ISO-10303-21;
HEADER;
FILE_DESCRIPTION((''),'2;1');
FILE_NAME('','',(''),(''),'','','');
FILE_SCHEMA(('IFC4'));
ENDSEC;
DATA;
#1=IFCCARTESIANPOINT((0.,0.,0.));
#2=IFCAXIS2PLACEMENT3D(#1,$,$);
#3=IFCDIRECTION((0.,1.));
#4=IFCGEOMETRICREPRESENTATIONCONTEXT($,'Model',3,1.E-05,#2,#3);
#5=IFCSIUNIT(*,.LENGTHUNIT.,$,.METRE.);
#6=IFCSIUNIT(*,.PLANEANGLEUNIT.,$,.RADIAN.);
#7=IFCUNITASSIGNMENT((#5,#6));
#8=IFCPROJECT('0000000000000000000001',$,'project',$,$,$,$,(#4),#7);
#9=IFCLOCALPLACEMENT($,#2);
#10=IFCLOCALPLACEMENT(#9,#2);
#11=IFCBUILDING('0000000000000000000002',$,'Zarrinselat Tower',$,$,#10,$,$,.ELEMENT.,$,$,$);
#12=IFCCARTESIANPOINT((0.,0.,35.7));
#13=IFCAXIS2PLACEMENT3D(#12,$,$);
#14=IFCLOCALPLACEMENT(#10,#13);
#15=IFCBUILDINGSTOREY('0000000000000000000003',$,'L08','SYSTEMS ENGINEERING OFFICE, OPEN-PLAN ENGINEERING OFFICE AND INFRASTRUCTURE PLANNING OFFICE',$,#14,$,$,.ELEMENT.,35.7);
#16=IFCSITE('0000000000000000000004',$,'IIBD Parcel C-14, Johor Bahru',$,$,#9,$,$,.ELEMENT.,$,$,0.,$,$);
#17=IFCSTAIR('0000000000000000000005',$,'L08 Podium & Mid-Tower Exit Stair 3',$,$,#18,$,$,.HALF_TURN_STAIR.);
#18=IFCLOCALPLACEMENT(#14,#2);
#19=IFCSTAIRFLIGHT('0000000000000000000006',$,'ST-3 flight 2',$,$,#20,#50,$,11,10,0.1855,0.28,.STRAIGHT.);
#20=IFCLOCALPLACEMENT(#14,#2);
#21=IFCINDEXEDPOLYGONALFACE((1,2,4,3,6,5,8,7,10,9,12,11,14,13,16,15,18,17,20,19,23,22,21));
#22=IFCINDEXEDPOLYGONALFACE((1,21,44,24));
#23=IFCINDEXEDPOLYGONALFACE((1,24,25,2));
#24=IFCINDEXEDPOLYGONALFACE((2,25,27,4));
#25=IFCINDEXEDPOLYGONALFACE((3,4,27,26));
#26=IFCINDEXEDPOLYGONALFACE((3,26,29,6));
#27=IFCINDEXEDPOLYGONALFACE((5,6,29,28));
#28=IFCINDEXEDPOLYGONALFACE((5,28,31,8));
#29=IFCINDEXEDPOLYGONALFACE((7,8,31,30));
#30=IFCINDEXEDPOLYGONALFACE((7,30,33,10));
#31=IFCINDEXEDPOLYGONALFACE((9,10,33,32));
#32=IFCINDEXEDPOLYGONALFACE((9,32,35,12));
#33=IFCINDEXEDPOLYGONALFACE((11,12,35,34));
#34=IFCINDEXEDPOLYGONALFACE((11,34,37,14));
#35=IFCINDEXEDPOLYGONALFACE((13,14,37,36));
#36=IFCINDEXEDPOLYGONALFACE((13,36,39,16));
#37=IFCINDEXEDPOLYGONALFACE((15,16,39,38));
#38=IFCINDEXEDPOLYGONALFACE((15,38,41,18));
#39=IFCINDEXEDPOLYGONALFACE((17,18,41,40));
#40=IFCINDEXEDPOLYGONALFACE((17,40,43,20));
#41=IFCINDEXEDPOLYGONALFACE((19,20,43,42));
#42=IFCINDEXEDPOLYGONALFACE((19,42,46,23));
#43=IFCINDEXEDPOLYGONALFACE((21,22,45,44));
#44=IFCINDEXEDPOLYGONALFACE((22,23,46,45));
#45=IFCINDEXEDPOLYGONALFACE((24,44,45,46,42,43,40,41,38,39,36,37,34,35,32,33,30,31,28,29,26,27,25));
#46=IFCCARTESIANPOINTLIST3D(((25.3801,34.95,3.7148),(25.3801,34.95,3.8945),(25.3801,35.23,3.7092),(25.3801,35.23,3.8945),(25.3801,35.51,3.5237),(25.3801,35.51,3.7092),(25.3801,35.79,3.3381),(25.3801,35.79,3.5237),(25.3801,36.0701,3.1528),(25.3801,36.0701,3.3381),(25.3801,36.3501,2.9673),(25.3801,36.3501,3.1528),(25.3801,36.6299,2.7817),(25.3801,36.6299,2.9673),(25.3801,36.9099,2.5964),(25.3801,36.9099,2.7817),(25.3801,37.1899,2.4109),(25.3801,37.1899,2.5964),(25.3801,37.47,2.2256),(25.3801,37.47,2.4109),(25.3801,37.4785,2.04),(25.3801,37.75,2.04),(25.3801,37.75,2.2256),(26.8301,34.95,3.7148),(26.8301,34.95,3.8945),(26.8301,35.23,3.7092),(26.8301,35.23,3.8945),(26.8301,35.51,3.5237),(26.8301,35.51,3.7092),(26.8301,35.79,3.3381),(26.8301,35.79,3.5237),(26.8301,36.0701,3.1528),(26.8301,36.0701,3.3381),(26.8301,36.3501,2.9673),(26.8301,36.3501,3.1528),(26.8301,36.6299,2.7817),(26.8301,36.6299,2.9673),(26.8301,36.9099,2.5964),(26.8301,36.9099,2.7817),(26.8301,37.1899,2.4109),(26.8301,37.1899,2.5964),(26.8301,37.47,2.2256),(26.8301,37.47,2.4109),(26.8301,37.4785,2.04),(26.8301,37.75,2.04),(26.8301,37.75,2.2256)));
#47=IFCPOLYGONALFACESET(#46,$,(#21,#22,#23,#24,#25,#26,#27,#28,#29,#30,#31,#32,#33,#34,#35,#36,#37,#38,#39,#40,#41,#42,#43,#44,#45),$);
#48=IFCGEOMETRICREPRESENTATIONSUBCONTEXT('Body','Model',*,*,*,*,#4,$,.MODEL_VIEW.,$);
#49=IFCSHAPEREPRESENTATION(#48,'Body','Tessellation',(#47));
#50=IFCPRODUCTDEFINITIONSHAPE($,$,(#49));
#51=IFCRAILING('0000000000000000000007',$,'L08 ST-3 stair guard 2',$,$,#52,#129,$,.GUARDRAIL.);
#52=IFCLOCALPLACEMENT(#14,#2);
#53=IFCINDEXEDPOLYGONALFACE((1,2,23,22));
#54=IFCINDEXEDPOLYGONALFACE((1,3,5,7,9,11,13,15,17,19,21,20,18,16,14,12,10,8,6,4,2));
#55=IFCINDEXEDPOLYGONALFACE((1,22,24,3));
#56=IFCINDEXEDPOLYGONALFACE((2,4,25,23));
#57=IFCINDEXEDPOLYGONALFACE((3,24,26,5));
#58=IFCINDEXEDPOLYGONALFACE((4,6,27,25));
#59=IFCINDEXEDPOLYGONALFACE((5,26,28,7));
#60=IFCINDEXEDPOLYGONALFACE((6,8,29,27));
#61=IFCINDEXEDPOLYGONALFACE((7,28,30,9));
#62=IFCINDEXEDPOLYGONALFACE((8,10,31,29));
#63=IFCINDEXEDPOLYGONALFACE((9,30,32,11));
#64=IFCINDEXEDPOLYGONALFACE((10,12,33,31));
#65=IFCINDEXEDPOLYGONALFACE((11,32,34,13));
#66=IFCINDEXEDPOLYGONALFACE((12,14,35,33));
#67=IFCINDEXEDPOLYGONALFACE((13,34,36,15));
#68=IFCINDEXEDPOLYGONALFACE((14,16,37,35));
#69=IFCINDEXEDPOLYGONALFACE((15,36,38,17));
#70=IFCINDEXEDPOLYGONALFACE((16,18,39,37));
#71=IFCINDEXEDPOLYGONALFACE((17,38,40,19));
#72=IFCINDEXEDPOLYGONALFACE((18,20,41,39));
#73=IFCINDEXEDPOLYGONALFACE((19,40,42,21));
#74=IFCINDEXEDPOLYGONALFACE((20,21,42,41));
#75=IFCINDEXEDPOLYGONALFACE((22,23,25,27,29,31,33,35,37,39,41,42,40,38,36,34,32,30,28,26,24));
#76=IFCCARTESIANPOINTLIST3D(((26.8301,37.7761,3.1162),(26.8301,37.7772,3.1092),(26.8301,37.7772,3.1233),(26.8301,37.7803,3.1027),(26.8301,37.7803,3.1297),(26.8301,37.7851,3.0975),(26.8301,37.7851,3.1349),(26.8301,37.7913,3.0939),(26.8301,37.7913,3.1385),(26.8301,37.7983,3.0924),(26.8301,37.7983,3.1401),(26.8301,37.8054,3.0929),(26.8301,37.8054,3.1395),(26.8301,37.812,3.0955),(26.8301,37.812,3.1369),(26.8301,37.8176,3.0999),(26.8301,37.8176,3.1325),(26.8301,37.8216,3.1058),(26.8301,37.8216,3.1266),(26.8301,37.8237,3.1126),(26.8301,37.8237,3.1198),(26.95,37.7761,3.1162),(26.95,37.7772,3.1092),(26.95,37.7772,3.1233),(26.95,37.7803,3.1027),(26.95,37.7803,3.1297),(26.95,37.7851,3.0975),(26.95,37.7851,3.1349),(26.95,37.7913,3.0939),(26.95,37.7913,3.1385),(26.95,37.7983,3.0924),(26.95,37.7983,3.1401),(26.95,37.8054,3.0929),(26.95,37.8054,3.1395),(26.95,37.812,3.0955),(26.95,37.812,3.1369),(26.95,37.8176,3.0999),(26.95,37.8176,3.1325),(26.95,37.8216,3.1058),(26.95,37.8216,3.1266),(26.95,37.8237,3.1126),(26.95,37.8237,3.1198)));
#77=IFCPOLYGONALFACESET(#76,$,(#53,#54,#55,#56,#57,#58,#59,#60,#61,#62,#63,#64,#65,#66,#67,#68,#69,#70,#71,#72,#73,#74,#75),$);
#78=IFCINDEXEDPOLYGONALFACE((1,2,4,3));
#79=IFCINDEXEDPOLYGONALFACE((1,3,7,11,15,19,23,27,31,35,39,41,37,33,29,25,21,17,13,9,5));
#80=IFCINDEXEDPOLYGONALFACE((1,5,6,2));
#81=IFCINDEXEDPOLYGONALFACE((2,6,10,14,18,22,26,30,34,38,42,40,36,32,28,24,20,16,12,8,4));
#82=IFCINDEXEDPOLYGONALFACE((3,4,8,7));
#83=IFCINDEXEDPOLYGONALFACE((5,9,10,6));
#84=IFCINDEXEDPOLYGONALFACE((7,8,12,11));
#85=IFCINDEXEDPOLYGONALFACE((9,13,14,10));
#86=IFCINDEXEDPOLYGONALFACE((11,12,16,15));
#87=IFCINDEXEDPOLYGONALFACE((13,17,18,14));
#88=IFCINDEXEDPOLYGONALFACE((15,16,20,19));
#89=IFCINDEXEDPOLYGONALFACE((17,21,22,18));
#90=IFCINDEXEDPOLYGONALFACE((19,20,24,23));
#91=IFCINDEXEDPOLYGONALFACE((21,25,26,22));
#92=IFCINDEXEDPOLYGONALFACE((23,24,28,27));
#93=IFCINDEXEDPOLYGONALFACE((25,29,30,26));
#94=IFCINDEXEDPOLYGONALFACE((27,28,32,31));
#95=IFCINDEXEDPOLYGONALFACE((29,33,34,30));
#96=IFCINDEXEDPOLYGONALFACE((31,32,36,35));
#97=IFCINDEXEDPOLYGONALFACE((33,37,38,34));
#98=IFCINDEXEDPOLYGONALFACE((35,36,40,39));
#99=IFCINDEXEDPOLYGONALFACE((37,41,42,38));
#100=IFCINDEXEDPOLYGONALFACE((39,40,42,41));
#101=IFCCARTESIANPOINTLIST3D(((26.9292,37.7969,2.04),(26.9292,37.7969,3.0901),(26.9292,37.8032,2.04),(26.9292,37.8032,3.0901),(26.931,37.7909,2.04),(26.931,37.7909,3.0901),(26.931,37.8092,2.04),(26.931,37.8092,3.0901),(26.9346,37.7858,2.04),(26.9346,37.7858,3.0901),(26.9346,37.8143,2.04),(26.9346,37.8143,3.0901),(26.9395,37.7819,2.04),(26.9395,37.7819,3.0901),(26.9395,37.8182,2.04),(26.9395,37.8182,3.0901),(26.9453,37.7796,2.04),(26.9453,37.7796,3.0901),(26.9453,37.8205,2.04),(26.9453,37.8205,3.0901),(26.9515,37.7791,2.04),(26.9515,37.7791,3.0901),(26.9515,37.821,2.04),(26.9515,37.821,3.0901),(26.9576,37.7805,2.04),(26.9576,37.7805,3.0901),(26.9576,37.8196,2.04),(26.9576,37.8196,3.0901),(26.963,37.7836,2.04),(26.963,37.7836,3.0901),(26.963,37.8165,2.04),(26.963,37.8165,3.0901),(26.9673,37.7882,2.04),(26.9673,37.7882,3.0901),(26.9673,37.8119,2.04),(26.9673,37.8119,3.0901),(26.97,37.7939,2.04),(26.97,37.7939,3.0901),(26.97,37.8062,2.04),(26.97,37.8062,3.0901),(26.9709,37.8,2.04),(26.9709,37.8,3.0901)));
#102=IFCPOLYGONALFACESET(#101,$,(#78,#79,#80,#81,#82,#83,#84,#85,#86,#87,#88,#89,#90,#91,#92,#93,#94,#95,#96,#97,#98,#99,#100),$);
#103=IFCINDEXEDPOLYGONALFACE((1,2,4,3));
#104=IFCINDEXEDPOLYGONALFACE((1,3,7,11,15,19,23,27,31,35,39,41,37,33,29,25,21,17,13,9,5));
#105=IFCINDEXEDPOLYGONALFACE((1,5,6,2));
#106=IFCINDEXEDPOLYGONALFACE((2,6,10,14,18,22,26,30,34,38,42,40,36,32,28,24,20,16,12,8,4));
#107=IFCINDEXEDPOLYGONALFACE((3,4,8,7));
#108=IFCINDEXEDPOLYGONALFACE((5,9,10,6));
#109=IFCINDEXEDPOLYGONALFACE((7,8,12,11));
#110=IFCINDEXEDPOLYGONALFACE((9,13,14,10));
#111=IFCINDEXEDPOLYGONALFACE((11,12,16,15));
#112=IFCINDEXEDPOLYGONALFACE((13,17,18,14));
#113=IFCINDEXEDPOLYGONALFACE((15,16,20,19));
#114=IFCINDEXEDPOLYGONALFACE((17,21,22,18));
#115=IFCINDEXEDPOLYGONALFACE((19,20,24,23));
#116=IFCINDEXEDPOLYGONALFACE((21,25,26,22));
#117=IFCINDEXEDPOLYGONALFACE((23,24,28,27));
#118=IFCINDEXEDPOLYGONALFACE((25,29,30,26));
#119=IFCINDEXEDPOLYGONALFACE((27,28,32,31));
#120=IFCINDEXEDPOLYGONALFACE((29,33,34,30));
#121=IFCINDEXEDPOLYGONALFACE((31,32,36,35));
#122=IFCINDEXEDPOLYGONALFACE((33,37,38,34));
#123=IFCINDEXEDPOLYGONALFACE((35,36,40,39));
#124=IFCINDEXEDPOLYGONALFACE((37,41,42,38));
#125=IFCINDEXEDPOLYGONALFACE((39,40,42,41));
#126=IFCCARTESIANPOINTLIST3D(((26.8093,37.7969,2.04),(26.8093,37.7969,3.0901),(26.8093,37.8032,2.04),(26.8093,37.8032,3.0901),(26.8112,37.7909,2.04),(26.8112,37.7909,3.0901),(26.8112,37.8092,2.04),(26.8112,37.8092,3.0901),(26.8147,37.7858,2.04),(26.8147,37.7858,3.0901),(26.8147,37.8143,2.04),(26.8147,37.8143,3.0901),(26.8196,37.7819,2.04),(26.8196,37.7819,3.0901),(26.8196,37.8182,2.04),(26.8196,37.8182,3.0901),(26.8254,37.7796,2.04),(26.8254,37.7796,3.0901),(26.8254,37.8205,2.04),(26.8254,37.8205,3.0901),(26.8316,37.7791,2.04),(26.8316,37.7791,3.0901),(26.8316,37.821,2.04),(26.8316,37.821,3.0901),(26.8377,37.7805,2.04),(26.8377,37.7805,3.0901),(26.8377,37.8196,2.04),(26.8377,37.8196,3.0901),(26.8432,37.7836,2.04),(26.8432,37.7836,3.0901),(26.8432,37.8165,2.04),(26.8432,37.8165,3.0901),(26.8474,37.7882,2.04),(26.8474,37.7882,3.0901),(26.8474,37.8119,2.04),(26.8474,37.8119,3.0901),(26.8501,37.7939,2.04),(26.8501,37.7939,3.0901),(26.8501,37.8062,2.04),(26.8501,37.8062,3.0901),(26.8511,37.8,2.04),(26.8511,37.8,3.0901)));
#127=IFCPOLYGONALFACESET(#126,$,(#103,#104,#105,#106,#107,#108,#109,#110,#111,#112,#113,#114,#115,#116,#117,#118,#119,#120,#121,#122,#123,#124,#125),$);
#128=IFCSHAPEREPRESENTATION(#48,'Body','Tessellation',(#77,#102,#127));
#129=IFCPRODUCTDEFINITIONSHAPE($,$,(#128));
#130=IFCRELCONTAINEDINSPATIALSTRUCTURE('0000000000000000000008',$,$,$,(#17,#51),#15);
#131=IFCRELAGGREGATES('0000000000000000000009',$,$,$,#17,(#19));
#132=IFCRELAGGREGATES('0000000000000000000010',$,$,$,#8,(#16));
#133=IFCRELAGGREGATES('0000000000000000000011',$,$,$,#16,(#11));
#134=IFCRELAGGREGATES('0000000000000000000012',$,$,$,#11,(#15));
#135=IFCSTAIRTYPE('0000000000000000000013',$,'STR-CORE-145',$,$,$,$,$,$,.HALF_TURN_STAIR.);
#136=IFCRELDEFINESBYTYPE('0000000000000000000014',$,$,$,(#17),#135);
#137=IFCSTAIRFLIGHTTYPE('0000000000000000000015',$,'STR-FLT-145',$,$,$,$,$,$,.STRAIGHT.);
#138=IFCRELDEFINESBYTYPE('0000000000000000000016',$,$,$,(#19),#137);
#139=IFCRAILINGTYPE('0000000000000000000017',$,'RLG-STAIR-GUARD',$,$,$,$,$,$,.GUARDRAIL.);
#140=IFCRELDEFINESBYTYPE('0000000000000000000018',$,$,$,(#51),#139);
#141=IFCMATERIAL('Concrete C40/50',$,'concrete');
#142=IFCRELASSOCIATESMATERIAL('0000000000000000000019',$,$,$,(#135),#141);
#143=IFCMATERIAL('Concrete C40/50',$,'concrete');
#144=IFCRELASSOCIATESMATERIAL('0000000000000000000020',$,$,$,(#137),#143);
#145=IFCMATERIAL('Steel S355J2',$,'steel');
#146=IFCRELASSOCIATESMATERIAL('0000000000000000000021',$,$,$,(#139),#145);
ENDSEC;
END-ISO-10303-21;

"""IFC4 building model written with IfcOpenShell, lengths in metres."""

from ifc_helpers import new_model, si_unit, direction, frame, origin, origin_2d, place, context, subcontext, project, spatial, polyline, circle, outline, extrude, material, type_object, element, aggregate, save


model = new_model("IFC4")

# Units and contexts
model_context = context("Model", 3, precision=1e-05, world=origin(), true_north=direction((0.0, 1.0)))
body_context = subcontext(model_context, "Body", "Model", "MODEL_VIEW")
ifc_project = project(units=[si_unit("LENGTHUNIT", "METRE"), si_unit("PLANEANGLEUNIT", "RADIAN")], contexts=[model_context])

# Site, building, storey
site_placement = place(None, origin())
site = spatial("IfcSite", under=ifc_project, at=site_placement, Name="IIBD Parcel C-14, Johor Bahru", CompositionType="ELEMENT", RefElevation=0.0)
building_placement = place(site_placement, origin())
building = spatial("IfcBuilding", under=site, at=building_placement, Name="Zarrinselat Tower", CompositionType="ELEMENT")
storey_placement = place(building_placement, frame((0.0, 0.0, 35.7)))
storey = spatial("IfcBuildingStorey", under=building, at=storey_placement, Name="L08", Description="SYSTEMS ENGINEERING OFFICE, OPEN-PLAN ENGINEERING OFFICE AND INFRASTRUCTURE PLANNING OFFICE", CompositionType="ELEMENT", Elevation=35.7)

# Stair, stair flight
ifc_material_1 = material(Name="Concrete C40/50", Category="concrete")
stair_type = type_object("IfcStairType", Name="STR-CORE-145", PredefinedType="HALF_TURN_STAIR", material=ifc_material_1)
stair_placement = place(storey_placement, origin())
stair = element("IfcStair", 1, at=stair_placement, inside=storey, type_object=stair_type, Name="L08 Podium & Mid-Tower Exit Stair 3", PredefinedType="HALF_TURN_STAIR")
ifc_material_2 = material(Name="Concrete C40/50", Category="concrete")
stair_flight_type = type_object("IfcStairFlightType", Name="STR-FLT-145", PredefinedType="STRAIGHT", material=ifc_material_2)
stair_flight_placement = place(storey_placement, frame((26.105, 37.75, 2.04), z_axis=(0.0, 0.0, 1.0), x_axis=(0.0, -1.0, 0.0)))
stair_flight = element("IfcStairFlight", 2, at=stair_flight_placement, type_object=stair_flight_type, Name="ST-3 flight 2", NumberOfRisers=11, NumberOfTreads=10, PredefinedType="STRAIGHT", RiserHeight=0.1855, TreadLength=0.28, context=body_context, shape_type="SweptSolid", body=[
    extrude(outline(polyline([(0.0, 0.0), (0.0, 0.1855), (0.28, 0.1855), (0.28, 0.3708), (0.5601, 0.3708), (0.5601, 0.5564), (0.8401, 0.5564), (0.8401, 0.7417), (1.1201, 0.7417), (1.1201, 0.9272), (1.3999, 0.9272), (1.3999, 1.1128), (1.6799, 1.1128), (1.6799, 1.2981), (1.96, 1.2981), (1.96, 1.4836), (2.24, 1.4836), (2.24, 1.6692), (2.52, 1.6692), (2.52, 1.8545), (2.8, 1.8545), (2.8, 2.04), (2.8, 1.6748), (0.2715, 0.0), (0.0, 0.0)])), frame((0.0, 0.7251, 0.0), z_axis=(0.0, -1.0, 0.0), x_axis=(1.0, 0.0, 0.0)), (0.0, 0.0, 1.0), 1.45),
])
aggregate(stair, [stair_flight])

# Railing
ifc_material_3 = material(Name="Steel S355J2", Category="steel")
railing_type_1 = type_object("IfcRailingType", Name="RLG-STAIR-GUARD", PredefinedType="GUARDRAIL", material=ifc_material_3)
railing_1_placement = place(storey_placement, frame((26.95, 37.8, 2.04)))
element("IfcRailing", 3, at=railing_1_placement, inside=storey, type_object=railing_type_1, Name="L08 ST-3 stair guard 2", PredefinedType="GUARDRAIL", context=body_context, shape_type="SweptSolid", body=[
    extrude(circle(Radius=0.0239, at=origin_2d()), frame((0.0, 0.0, 1.0762), z_axis=(-1.0, 0.0, 0.0), x_axis=(0.0, -1.0, 0.0)), (0.0, 0.0, 1.0), 0.1199),
    extrude(circle(Radius=0.021, at=origin_2d()), origin(), (0.0, 0.0, 1.0), 1.05),
    extrude(circle(Radius=0.021, at=origin_2d()), frame((-0.1199, 0.0, 0.0)), (0.0, 0.0, 1.0), 1.05),
])

save(model, "model.ifc")
